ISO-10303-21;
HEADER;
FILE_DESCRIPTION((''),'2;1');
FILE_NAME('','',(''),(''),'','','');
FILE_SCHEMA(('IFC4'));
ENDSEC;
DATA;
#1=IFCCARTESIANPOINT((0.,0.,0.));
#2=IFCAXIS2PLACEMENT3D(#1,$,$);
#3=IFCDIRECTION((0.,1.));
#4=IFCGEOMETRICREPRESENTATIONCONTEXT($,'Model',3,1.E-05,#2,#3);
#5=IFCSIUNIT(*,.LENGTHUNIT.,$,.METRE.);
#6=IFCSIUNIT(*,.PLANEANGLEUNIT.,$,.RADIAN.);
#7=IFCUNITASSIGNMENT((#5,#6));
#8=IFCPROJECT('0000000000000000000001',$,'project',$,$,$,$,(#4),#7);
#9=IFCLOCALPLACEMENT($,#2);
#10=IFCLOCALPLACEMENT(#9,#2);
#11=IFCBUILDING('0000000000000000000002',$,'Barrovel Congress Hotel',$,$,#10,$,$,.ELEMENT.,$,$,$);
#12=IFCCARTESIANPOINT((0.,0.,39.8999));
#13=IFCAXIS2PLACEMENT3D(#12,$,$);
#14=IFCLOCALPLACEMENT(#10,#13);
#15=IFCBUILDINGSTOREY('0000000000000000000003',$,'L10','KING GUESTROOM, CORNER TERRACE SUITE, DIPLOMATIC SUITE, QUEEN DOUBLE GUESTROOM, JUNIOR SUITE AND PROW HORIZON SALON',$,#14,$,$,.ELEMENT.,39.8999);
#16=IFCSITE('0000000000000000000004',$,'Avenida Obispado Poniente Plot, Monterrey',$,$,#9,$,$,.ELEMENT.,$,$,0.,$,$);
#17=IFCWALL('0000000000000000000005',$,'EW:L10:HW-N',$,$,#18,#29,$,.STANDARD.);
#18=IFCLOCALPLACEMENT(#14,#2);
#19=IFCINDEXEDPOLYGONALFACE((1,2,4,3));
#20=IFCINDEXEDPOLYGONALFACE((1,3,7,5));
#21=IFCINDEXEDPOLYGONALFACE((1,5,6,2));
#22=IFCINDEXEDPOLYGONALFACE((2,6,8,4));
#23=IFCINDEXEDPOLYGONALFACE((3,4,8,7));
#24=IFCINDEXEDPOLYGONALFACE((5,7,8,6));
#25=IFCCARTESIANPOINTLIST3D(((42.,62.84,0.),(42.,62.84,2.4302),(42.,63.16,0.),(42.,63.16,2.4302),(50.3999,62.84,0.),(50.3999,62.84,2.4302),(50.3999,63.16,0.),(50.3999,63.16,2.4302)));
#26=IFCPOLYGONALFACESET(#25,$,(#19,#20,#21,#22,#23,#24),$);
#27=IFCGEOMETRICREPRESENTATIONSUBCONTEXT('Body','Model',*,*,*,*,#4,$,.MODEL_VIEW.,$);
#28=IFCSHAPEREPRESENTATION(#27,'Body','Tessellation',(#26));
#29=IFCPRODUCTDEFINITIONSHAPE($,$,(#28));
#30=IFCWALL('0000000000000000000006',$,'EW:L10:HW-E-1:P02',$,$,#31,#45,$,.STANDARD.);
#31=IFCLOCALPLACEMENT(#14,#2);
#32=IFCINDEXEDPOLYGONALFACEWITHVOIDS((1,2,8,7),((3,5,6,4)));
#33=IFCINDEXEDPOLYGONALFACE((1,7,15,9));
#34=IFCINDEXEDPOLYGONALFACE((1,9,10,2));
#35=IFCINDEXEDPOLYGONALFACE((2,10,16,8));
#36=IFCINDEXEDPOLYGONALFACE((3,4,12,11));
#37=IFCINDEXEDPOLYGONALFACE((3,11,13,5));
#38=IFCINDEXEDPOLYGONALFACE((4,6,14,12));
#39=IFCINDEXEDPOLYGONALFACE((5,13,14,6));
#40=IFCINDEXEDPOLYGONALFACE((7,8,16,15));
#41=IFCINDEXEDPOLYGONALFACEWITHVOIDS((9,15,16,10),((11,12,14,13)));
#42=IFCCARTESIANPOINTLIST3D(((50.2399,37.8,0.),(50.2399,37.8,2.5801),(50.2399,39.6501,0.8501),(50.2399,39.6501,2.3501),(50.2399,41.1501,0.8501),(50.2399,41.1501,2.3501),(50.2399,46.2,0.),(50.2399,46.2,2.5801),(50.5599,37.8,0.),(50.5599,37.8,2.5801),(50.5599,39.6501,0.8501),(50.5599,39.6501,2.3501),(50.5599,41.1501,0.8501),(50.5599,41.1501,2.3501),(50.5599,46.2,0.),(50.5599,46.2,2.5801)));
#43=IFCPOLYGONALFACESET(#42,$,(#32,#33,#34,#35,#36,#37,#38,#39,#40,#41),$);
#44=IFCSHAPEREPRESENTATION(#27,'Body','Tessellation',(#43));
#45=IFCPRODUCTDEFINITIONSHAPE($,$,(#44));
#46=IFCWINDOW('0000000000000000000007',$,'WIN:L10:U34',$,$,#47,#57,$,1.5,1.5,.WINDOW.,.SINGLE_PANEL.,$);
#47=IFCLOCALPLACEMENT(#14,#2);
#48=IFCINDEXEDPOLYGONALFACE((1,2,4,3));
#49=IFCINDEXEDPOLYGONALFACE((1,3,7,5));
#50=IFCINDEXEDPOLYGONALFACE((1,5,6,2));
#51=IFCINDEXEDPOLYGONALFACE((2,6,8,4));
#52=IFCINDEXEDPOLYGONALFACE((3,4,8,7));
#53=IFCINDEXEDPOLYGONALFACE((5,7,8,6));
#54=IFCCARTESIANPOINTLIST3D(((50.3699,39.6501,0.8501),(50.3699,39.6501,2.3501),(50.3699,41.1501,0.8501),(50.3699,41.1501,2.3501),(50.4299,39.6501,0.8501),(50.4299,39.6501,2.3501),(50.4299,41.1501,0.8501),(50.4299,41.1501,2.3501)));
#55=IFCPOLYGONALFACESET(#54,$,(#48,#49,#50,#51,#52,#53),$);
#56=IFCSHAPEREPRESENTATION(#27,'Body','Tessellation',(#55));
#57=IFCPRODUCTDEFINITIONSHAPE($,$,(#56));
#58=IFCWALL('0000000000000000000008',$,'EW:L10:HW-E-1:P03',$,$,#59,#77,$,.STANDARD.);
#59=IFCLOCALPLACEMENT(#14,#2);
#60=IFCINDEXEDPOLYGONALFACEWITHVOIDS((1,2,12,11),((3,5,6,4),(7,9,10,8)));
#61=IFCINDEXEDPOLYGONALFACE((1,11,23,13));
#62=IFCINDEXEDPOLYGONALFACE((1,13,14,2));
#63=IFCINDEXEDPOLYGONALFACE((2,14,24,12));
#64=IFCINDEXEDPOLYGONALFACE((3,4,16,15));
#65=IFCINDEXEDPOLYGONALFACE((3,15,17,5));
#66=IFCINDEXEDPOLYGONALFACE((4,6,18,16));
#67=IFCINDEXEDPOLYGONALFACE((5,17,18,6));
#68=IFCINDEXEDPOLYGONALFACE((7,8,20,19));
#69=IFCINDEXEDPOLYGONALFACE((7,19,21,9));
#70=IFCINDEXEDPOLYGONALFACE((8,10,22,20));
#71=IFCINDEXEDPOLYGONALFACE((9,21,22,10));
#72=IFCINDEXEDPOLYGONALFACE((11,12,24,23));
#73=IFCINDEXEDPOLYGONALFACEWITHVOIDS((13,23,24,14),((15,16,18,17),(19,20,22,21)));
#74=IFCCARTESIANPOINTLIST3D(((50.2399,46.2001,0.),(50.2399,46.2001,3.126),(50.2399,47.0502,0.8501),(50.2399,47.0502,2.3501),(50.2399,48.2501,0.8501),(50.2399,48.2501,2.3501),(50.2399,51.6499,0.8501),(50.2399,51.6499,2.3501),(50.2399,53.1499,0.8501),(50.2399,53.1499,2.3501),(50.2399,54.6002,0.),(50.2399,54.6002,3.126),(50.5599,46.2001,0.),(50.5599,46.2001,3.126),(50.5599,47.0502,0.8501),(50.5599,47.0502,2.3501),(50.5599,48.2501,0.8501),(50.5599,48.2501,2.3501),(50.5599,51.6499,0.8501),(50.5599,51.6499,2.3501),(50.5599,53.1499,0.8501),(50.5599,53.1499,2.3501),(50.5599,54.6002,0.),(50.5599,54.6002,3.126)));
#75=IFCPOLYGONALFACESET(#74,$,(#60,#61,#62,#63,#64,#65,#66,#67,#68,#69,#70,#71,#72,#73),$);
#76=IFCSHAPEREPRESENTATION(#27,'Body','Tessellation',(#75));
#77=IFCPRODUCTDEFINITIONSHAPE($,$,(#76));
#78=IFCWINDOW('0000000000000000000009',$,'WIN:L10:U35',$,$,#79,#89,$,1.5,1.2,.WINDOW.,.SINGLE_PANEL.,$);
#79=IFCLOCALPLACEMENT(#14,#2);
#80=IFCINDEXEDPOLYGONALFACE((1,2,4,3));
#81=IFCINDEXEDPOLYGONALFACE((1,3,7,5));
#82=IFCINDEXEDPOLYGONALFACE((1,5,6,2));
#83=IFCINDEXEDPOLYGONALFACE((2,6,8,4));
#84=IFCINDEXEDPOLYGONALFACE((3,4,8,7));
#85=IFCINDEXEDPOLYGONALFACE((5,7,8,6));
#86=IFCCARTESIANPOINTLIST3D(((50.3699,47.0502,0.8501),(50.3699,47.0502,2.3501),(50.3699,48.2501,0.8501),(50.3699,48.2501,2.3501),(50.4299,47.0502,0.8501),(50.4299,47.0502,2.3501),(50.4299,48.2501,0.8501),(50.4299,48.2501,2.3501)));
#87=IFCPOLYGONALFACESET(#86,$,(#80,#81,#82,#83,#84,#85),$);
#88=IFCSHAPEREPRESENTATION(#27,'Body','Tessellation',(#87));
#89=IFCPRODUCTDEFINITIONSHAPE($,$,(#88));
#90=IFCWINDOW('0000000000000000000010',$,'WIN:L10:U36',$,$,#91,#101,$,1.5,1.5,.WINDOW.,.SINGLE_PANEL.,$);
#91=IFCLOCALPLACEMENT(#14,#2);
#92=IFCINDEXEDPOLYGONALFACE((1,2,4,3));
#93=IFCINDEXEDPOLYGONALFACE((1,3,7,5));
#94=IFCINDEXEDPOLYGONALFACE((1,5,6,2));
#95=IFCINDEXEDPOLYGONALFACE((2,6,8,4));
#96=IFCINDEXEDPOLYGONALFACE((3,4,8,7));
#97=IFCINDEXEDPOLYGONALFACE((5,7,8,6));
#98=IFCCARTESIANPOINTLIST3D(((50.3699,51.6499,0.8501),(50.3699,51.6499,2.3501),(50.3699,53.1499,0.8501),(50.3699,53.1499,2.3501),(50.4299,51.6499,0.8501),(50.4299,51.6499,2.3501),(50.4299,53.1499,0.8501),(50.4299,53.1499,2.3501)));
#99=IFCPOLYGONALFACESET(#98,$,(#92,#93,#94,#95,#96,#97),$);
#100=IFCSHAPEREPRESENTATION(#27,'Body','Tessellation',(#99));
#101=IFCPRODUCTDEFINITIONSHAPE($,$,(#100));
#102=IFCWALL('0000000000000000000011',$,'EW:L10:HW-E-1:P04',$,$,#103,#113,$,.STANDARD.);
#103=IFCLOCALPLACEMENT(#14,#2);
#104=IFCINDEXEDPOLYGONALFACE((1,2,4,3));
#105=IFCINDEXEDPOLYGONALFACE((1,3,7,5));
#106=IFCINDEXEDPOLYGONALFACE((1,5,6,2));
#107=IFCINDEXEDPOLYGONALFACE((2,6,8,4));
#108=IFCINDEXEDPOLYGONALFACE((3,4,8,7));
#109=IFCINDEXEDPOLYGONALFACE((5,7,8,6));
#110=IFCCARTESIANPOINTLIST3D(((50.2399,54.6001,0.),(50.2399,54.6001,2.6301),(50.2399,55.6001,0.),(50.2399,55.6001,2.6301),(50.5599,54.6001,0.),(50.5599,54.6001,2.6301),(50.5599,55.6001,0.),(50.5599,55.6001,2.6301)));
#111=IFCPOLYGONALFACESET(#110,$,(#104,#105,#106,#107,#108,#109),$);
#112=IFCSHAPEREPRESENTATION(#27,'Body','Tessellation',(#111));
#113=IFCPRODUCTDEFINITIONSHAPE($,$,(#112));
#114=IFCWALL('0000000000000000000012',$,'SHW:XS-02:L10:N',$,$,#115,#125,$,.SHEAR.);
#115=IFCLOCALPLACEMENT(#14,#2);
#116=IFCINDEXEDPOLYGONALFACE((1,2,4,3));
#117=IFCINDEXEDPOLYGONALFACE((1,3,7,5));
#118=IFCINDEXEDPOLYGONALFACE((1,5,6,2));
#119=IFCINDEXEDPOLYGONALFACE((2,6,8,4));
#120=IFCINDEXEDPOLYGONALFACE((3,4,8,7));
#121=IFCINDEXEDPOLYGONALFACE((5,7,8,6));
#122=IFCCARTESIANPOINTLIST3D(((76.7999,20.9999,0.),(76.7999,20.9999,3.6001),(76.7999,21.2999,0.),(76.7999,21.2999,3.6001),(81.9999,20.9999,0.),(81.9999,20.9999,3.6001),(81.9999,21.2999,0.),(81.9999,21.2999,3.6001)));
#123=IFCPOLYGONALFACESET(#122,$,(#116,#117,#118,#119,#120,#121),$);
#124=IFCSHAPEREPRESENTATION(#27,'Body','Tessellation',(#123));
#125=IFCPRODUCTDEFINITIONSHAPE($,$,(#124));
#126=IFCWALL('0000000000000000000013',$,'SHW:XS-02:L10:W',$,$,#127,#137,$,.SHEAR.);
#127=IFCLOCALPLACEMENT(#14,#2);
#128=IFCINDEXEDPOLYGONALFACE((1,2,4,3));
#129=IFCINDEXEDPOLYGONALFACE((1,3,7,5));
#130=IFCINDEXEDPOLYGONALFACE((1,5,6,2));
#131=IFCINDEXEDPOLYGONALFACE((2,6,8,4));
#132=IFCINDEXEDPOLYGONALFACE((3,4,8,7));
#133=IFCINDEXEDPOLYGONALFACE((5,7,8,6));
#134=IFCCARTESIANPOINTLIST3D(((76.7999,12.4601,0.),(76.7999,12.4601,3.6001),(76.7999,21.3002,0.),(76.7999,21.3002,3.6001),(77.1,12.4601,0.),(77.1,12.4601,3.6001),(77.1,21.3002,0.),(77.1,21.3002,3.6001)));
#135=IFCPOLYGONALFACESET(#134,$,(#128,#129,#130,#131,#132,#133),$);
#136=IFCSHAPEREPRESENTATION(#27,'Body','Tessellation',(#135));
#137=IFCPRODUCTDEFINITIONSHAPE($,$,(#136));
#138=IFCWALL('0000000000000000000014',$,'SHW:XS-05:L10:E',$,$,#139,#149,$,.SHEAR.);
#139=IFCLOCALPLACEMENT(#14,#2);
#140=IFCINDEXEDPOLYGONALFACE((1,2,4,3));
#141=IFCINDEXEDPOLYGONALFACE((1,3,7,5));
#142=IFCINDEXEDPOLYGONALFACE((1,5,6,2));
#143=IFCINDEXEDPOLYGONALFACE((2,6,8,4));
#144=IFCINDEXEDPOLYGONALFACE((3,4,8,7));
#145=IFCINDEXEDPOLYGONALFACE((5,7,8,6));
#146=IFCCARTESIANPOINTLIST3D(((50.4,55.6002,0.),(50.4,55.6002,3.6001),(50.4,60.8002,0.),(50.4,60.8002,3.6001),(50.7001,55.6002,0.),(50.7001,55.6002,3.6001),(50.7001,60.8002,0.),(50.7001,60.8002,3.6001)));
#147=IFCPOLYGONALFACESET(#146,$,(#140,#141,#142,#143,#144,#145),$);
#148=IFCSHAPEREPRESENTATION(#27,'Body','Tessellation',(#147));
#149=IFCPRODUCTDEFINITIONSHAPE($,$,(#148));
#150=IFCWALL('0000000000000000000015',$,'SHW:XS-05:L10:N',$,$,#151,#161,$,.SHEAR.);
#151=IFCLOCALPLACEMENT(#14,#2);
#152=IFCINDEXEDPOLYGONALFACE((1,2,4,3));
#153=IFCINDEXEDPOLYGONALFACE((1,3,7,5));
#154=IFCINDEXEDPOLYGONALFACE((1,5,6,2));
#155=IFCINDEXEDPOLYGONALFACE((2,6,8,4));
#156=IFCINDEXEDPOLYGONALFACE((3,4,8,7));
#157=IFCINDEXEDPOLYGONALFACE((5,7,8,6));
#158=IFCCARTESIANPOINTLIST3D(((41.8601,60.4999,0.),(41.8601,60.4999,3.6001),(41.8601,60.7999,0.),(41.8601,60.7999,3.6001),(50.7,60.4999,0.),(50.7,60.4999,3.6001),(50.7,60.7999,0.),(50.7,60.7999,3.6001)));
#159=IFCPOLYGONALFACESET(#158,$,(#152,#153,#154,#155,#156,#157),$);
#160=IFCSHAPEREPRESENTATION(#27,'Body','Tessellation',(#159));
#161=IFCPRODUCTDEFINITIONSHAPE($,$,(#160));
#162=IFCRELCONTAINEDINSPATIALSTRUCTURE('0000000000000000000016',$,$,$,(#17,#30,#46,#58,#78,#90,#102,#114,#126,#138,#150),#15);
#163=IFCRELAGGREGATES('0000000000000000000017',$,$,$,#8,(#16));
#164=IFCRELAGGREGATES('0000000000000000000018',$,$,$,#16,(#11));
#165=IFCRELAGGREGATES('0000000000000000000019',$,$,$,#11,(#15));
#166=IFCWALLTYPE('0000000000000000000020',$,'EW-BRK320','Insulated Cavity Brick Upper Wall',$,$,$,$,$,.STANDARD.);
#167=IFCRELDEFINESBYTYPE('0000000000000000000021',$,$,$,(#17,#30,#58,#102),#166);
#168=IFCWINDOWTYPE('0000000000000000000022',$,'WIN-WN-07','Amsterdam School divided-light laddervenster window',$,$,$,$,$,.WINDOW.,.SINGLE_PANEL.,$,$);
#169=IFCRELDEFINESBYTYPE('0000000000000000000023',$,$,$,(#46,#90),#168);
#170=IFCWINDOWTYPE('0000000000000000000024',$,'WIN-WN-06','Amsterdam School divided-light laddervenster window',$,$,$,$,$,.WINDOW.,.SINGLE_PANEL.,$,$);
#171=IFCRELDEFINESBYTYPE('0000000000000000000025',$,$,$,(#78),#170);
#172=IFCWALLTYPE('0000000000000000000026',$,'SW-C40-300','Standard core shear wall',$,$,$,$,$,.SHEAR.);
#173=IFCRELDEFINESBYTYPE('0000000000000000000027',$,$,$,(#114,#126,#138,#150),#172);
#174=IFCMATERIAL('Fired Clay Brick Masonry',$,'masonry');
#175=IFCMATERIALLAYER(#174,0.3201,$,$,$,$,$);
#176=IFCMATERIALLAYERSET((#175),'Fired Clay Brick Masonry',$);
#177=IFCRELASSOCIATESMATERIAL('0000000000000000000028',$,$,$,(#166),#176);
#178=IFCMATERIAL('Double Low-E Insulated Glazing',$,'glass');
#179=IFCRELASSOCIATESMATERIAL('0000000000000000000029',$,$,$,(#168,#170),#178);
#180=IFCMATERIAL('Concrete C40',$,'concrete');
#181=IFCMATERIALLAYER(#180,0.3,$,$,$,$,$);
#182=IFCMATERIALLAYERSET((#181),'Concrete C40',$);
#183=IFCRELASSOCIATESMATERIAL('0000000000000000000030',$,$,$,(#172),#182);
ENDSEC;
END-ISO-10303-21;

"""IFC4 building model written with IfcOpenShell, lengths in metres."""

from ifc_helpers import new_model, si_unit, direction, frame, frame_2d, origin, place, context, subcontext, project, spatial, rectangle, extrude, material, layer, layer_set, type_object, element, fill, save


model = new_model("IFC4")

# Units and contexts
model_context = context("Model", 3, precision=1e-05, world=origin(), true_north=direction((0.0, 1.0)))
body_context = subcontext(model_context, "Body", "Model", "MODEL_VIEW")
ifc_project = project(units=[si_unit("LENGTHUNIT", "METRE"), si_unit("PLANEANGLEUNIT", "RADIAN")], contexts=[model_context])

# Site, building, storey
site_placement = place(None, origin())
site = spatial("IfcSite", under=ifc_project, at=site_placement, Name="Avenida Obispado Poniente Plot, Monterrey", CompositionType="ELEMENT", RefElevation=0.0)
building_placement = place(site_placement, origin())
building = spatial("IfcBuilding", under=site, at=building_placement, Name="Barrovel Congress Hotel", CompositionType="ELEMENT")
storey_placement = place(building_placement, frame((0.0, 0.0, 39.8999)))
storey = spatial("IfcBuildingStorey", under=building, at=storey_placement, Name="L10", Description="KING GUESTROOM, CORNER TERRACE SUITE, DIPLOMATIC SUITE, QUEEN DOUBLE GUESTROOM, JUNIOR SUITE AND PROW HORIZON SALON", CompositionType="ELEMENT", Elevation=39.8999)

# Shared definitions
ifc_material_1 = material(Name="Concrete C40", Category="concrete")

# Wall
ifc_material_2 = material(Name="Fired Clay Brick Masonry", Category="masonry")
ifc_layer_1 = layer(ifc_material_2, 0.3201)
ifc_layer_set_1 = layer_set([ifc_layer_1], Name="Fired Clay Brick Masonry")
wall_type_1 = type_object("IfcWallType", Name="EW-BRK320", Description="Insulated Cavity Brick Upper Wall", PredefinedType="STANDARD", material=ifc_layer_set_1)
wall_1_placement = place(storey_placement, frame((50.3999, 63.0, 0.0), z_axis=(0.0, 0.0, 1.0), x_axis=(-1.0, 0.0, 0.0)))
element("IfcWall", 1, at=wall_1_placement, inside=storey, type_object=wall_type_1, Name="EW:L10:HW-N", PredefinedType="STANDARD", context=body_context, shape_type="SweptSolid", body=[
    extrude(rectangle(XDim=8.3999, YDim=0.3201, at=frame_2d((4.2, 0.0))), origin(), (0.0, 0.0, 1.0), 2.4302),
])

# Wall, opening, window
wall_2_placement = place(storey_placement, frame((50.3999, 37.8, 0.0), z_axis=(0.0, 0.0, 1.0), x_axis=(0.0, 1.0, 0.0)))
wall_2 = element("IfcWall", 2, at=wall_2_placement, inside=storey, type_object=wall_type_1, Name="EW:L10:HW-E-1:P02", PredefinedType="STANDARD", context=body_context, shape_type="SweptSolid", body=[
    extrude(rectangle(XDim=8.3999, YDim=0.3201, at=frame_2d((4.2, 0.0))), origin(), (0.0, 0.0, 1.0), 2.5801),
])
opening_1_placement = place(wall_2_placement, frame((1.8501, 0.0, 0.8501)))
opening_1 = element("IfcOpeningElement", 3, at=opening_1_placement, cuts=wall_2, PredefinedType="OPENING", context=body_context, shape_type="SweptSolid", body=[
    extrude(rectangle(XDim=1.5, YDim=1.5, at=frame_2d((0.75, 0.75))), frame((0.0, 0.1699, 0.0), z_axis=(0.0, -1.0, 0.0), x_axis=(1.0, 0.0, 0.0)), (0.0, 0.0, 1.0), 0.3401),
])
ifc_material_3 = material(Name="Double Low-E Insulated Glazing", Category="glass")
window_type_1 = type_object("IfcWindowType", Name="WIN-WN-07", Description="Amsterdam School divided-light laddervenster window", PartitioningType="SINGLE_PANEL", PredefinedType="WINDOW", material=ifc_material_3)
window_1_placement = place(opening_1_placement, origin())
window_1 = element("IfcWindow", 4, at=window_1_placement, inside=storey, type_object=window_type_1, Name="WIN:L10:U34", OverallHeight=1.5, OverallWidth=1.5, PartitioningType="SINGLE_PANEL", PredefinedType="WINDOW", context=body_context, shape_type="SweptSolid", body=[
    extrude(rectangle(XDim=1.5, YDim=1.5, at=frame_2d((0.75, 0.75))), frame((0.0, 0.03, 0.0), z_axis=(0.0, -1.0, 0.0), x_axis=(1.0, 0.0, 0.0)), (0.0, 0.0, 1.0), 0.0601),
])
fill(opening_1, window_1)

# Wall, openings, windows
wall_3_placement = place(storey_placement, frame((50.3999, 46.2, 0.0), z_axis=(0.0, 0.0, 1.0), x_axis=(0.0, 1.0, 0.0)))
wall_3 = element("IfcWall", 5, at=wall_3_placement, inside=storey, type_object=wall_type_1, Name="EW:L10:HW-E-1:P03", PredefinedType="STANDARD", context=body_context, shape_type="SweptSolid", body=[
    extrude(rectangle(XDim=8.4001, YDim=0.3201, at=frame_2d((4.2002, 0.0))), origin(), (0.0, 0.0, 1.0), 3.126),
])
opening_2_placement = place(wall_3_placement, frame((0.8501, 0.0, 0.8501)))
opening_2 = element("IfcOpeningElement", 6, at=opening_2_placement, cuts=wall_3, PredefinedType="OPENING", context=body_context, shape_type="SweptSolid", body=[
    extrude(rectangle(XDim=1.2, YDim=1.5, at=frame_2d((0.6001, 0.75))), frame((0.0, 0.1699, 0.0), z_axis=(0.0, -1.0, 0.0), x_axis=(1.0, 0.0, 0.0)), (0.0, 0.0, 1.0), 0.3401),
])
opening_3_placement = place(wall_3_placement, frame((5.45, 0.0, 0.8501)))
opening_3 = element("IfcOpeningElement", 7, at=opening_3_placement, cuts=wall_3, PredefinedType="OPENING", context=body_context, shape_type="SweptSolid", body=[
    extrude(rectangle(XDim=1.5, YDim=1.5, at=frame_2d((0.75, 0.75))), frame((0.0, 0.1699, 0.0), z_axis=(0.0, -1.0, 0.0), x_axis=(1.0, 0.0, 0.0)), (0.0, 0.0, 1.0), 0.3401),
])
window_type_2 = type_object("IfcWindowType", Name="WIN-WN-06", Description="Amsterdam School divided-light laddervenster window", PartitioningType="SINGLE_PANEL", PredefinedType="WINDOW", material=ifc_material_3)
window_2_placement = place(opening_2_placement, origin())
window_2 = element("IfcWindow", 8, at=window_2_placement, inside=storey, type_object=window_type_2, Name="WIN:L10:U35", OverallHeight=1.5, OverallWidth=1.2, PartitioningType="SINGLE_PANEL", PredefinedType="WINDOW", context=body_context, shape_type="SweptSolid", body=[
    extrude(rectangle(XDim=1.2, YDim=1.5, at=frame_2d((0.6001, 0.75))), frame((0.0, 0.03, 0.0), z_axis=(0.0, -1.0, 0.0), x_axis=(1.0, 0.0, 0.0)), (0.0, 0.0, 1.0), 0.0601),
])
fill(opening_2, window_2)
window_3_placement = place(opening_3_placement, origin())
window_3 = element("IfcWindow", 9, at=window_3_placement, inside=storey, type_object=window_type_1, Name="WIN:L10:U36", OverallHeight=1.5, OverallWidth=1.5, PartitioningType="SINGLE_PANEL", PredefinedType="WINDOW", context=body_context, shape_type="SweptSolid", body=[
    extrude(rectangle(XDim=1.5, YDim=1.5, at=frame_2d((0.75, 0.75))), frame((0.0, 0.03, 0.0), z_axis=(0.0, -1.0, 0.0), x_axis=(1.0, 0.0, 0.0)), (0.0, 0.0, 1.0), 0.0601),
])
fill(opening_3, window_3)

# Walls
wall_4_placement = place(storey_placement, frame((50.3999, 54.6001, 0.0), z_axis=(0.0, 0.0, 1.0), x_axis=(0.0, 1.0, 0.0)))
element("IfcWall", 10, at=wall_4_placement, inside=storey, type_object=wall_type_1, Name="EW:L10:HW-E-1:P04", PredefinedType="STANDARD", context=body_context, shape_type="SweptSolid", body=[
    extrude(rectangle(XDim=1.0, YDim=0.3201, at=frame_2d((0.5, 0.0))), origin(), (0.0, 0.0, 1.0), 2.6301),
])
ifc_layer_2 = layer(ifc_material_1, 0.3)
ifc_layer_set_2 = layer_set([ifc_layer_2], Name="Concrete C40")
wall_type_2 = type_object("IfcWallType", Name="SW-C40-300", Description="Standard core shear wall", PredefinedType="SHEAR", material=ifc_layer_set_2)
wall_5_placement = place(storey_placement, frame((82.0, 21.1499, 0.0), z_axis=(0.0, 0.0, 1.0), x_axis=(-1.0, 0.0, 0.0)))
element("IfcWall", 11, at=wall_5_placement, inside=storey, type_object=wall_type_2, Name="SHW:XS-02:L10:N", PredefinedType="SHEAR", context=body_context, shape_type="SweptSolid", body=[
    extrude(rectangle(XDim=5.2, YDim=0.3, at=frame_2d((2.6001, 0.0))), origin(), (0.0, 0.0, 1.0), 3.6001),
])
wall_6_placement = place(storey_placement, frame((76.95, 21.3, 0.0), z_axis=(0.0, 0.0, 1.0), x_axis=(0.0, -1.0, 0.0)))
element("IfcWall", 12, at=wall_6_placement, inside=storey, type_object=wall_type_2, Name="SHW:XS-02:L10:W", PredefinedType="SHEAR", context=body_context, shape_type="SweptSolid", body=[
    extrude(rectangle(XDim=8.8401, YDim=0.3, at=frame_2d((4.4199, 0.0))), origin(), (0.0, 0.0, 1.0), 3.6001),
])
wall_7_placement = place(storey_placement, frame((50.55, 55.6001, 0.0), z_axis=(0.0, 0.0, 1.0), x_axis=(0.0, 1.0, 0.0)))
element("IfcWall", 13, at=wall_7_placement, inside=storey, type_object=wall_type_2, Name="SHW:XS-05:L10:E", PredefinedType="SHEAR", context=body_context, shape_type="SweptSolid", body=[
    extrude(rectangle(XDim=5.2, YDim=0.3, at=frame_2d((2.6001, 0.0))), origin(), (0.0, 0.0, 1.0), 3.6001),
])
wall_8_placement = place(storey_placement, frame((50.7, 60.6499, 0.0), z_axis=(0.0, 0.0, 1.0), x_axis=(-1.0, 0.0, 0.0)))
element("IfcWall", 14, at=wall_8_placement, inside=storey, type_object=wall_type_2, Name="SHW:XS-05:L10:N", PredefinedType="SHEAR", context=body_context, shape_type="SweptSolid", body=[
    extrude(rectangle(XDim=8.8398, YDim=0.3, at=frame_2d((4.4199, 0.0))), origin(), (0.0, 0.0, 1.0), 3.6001),
])

save(model, "model.ifc")
